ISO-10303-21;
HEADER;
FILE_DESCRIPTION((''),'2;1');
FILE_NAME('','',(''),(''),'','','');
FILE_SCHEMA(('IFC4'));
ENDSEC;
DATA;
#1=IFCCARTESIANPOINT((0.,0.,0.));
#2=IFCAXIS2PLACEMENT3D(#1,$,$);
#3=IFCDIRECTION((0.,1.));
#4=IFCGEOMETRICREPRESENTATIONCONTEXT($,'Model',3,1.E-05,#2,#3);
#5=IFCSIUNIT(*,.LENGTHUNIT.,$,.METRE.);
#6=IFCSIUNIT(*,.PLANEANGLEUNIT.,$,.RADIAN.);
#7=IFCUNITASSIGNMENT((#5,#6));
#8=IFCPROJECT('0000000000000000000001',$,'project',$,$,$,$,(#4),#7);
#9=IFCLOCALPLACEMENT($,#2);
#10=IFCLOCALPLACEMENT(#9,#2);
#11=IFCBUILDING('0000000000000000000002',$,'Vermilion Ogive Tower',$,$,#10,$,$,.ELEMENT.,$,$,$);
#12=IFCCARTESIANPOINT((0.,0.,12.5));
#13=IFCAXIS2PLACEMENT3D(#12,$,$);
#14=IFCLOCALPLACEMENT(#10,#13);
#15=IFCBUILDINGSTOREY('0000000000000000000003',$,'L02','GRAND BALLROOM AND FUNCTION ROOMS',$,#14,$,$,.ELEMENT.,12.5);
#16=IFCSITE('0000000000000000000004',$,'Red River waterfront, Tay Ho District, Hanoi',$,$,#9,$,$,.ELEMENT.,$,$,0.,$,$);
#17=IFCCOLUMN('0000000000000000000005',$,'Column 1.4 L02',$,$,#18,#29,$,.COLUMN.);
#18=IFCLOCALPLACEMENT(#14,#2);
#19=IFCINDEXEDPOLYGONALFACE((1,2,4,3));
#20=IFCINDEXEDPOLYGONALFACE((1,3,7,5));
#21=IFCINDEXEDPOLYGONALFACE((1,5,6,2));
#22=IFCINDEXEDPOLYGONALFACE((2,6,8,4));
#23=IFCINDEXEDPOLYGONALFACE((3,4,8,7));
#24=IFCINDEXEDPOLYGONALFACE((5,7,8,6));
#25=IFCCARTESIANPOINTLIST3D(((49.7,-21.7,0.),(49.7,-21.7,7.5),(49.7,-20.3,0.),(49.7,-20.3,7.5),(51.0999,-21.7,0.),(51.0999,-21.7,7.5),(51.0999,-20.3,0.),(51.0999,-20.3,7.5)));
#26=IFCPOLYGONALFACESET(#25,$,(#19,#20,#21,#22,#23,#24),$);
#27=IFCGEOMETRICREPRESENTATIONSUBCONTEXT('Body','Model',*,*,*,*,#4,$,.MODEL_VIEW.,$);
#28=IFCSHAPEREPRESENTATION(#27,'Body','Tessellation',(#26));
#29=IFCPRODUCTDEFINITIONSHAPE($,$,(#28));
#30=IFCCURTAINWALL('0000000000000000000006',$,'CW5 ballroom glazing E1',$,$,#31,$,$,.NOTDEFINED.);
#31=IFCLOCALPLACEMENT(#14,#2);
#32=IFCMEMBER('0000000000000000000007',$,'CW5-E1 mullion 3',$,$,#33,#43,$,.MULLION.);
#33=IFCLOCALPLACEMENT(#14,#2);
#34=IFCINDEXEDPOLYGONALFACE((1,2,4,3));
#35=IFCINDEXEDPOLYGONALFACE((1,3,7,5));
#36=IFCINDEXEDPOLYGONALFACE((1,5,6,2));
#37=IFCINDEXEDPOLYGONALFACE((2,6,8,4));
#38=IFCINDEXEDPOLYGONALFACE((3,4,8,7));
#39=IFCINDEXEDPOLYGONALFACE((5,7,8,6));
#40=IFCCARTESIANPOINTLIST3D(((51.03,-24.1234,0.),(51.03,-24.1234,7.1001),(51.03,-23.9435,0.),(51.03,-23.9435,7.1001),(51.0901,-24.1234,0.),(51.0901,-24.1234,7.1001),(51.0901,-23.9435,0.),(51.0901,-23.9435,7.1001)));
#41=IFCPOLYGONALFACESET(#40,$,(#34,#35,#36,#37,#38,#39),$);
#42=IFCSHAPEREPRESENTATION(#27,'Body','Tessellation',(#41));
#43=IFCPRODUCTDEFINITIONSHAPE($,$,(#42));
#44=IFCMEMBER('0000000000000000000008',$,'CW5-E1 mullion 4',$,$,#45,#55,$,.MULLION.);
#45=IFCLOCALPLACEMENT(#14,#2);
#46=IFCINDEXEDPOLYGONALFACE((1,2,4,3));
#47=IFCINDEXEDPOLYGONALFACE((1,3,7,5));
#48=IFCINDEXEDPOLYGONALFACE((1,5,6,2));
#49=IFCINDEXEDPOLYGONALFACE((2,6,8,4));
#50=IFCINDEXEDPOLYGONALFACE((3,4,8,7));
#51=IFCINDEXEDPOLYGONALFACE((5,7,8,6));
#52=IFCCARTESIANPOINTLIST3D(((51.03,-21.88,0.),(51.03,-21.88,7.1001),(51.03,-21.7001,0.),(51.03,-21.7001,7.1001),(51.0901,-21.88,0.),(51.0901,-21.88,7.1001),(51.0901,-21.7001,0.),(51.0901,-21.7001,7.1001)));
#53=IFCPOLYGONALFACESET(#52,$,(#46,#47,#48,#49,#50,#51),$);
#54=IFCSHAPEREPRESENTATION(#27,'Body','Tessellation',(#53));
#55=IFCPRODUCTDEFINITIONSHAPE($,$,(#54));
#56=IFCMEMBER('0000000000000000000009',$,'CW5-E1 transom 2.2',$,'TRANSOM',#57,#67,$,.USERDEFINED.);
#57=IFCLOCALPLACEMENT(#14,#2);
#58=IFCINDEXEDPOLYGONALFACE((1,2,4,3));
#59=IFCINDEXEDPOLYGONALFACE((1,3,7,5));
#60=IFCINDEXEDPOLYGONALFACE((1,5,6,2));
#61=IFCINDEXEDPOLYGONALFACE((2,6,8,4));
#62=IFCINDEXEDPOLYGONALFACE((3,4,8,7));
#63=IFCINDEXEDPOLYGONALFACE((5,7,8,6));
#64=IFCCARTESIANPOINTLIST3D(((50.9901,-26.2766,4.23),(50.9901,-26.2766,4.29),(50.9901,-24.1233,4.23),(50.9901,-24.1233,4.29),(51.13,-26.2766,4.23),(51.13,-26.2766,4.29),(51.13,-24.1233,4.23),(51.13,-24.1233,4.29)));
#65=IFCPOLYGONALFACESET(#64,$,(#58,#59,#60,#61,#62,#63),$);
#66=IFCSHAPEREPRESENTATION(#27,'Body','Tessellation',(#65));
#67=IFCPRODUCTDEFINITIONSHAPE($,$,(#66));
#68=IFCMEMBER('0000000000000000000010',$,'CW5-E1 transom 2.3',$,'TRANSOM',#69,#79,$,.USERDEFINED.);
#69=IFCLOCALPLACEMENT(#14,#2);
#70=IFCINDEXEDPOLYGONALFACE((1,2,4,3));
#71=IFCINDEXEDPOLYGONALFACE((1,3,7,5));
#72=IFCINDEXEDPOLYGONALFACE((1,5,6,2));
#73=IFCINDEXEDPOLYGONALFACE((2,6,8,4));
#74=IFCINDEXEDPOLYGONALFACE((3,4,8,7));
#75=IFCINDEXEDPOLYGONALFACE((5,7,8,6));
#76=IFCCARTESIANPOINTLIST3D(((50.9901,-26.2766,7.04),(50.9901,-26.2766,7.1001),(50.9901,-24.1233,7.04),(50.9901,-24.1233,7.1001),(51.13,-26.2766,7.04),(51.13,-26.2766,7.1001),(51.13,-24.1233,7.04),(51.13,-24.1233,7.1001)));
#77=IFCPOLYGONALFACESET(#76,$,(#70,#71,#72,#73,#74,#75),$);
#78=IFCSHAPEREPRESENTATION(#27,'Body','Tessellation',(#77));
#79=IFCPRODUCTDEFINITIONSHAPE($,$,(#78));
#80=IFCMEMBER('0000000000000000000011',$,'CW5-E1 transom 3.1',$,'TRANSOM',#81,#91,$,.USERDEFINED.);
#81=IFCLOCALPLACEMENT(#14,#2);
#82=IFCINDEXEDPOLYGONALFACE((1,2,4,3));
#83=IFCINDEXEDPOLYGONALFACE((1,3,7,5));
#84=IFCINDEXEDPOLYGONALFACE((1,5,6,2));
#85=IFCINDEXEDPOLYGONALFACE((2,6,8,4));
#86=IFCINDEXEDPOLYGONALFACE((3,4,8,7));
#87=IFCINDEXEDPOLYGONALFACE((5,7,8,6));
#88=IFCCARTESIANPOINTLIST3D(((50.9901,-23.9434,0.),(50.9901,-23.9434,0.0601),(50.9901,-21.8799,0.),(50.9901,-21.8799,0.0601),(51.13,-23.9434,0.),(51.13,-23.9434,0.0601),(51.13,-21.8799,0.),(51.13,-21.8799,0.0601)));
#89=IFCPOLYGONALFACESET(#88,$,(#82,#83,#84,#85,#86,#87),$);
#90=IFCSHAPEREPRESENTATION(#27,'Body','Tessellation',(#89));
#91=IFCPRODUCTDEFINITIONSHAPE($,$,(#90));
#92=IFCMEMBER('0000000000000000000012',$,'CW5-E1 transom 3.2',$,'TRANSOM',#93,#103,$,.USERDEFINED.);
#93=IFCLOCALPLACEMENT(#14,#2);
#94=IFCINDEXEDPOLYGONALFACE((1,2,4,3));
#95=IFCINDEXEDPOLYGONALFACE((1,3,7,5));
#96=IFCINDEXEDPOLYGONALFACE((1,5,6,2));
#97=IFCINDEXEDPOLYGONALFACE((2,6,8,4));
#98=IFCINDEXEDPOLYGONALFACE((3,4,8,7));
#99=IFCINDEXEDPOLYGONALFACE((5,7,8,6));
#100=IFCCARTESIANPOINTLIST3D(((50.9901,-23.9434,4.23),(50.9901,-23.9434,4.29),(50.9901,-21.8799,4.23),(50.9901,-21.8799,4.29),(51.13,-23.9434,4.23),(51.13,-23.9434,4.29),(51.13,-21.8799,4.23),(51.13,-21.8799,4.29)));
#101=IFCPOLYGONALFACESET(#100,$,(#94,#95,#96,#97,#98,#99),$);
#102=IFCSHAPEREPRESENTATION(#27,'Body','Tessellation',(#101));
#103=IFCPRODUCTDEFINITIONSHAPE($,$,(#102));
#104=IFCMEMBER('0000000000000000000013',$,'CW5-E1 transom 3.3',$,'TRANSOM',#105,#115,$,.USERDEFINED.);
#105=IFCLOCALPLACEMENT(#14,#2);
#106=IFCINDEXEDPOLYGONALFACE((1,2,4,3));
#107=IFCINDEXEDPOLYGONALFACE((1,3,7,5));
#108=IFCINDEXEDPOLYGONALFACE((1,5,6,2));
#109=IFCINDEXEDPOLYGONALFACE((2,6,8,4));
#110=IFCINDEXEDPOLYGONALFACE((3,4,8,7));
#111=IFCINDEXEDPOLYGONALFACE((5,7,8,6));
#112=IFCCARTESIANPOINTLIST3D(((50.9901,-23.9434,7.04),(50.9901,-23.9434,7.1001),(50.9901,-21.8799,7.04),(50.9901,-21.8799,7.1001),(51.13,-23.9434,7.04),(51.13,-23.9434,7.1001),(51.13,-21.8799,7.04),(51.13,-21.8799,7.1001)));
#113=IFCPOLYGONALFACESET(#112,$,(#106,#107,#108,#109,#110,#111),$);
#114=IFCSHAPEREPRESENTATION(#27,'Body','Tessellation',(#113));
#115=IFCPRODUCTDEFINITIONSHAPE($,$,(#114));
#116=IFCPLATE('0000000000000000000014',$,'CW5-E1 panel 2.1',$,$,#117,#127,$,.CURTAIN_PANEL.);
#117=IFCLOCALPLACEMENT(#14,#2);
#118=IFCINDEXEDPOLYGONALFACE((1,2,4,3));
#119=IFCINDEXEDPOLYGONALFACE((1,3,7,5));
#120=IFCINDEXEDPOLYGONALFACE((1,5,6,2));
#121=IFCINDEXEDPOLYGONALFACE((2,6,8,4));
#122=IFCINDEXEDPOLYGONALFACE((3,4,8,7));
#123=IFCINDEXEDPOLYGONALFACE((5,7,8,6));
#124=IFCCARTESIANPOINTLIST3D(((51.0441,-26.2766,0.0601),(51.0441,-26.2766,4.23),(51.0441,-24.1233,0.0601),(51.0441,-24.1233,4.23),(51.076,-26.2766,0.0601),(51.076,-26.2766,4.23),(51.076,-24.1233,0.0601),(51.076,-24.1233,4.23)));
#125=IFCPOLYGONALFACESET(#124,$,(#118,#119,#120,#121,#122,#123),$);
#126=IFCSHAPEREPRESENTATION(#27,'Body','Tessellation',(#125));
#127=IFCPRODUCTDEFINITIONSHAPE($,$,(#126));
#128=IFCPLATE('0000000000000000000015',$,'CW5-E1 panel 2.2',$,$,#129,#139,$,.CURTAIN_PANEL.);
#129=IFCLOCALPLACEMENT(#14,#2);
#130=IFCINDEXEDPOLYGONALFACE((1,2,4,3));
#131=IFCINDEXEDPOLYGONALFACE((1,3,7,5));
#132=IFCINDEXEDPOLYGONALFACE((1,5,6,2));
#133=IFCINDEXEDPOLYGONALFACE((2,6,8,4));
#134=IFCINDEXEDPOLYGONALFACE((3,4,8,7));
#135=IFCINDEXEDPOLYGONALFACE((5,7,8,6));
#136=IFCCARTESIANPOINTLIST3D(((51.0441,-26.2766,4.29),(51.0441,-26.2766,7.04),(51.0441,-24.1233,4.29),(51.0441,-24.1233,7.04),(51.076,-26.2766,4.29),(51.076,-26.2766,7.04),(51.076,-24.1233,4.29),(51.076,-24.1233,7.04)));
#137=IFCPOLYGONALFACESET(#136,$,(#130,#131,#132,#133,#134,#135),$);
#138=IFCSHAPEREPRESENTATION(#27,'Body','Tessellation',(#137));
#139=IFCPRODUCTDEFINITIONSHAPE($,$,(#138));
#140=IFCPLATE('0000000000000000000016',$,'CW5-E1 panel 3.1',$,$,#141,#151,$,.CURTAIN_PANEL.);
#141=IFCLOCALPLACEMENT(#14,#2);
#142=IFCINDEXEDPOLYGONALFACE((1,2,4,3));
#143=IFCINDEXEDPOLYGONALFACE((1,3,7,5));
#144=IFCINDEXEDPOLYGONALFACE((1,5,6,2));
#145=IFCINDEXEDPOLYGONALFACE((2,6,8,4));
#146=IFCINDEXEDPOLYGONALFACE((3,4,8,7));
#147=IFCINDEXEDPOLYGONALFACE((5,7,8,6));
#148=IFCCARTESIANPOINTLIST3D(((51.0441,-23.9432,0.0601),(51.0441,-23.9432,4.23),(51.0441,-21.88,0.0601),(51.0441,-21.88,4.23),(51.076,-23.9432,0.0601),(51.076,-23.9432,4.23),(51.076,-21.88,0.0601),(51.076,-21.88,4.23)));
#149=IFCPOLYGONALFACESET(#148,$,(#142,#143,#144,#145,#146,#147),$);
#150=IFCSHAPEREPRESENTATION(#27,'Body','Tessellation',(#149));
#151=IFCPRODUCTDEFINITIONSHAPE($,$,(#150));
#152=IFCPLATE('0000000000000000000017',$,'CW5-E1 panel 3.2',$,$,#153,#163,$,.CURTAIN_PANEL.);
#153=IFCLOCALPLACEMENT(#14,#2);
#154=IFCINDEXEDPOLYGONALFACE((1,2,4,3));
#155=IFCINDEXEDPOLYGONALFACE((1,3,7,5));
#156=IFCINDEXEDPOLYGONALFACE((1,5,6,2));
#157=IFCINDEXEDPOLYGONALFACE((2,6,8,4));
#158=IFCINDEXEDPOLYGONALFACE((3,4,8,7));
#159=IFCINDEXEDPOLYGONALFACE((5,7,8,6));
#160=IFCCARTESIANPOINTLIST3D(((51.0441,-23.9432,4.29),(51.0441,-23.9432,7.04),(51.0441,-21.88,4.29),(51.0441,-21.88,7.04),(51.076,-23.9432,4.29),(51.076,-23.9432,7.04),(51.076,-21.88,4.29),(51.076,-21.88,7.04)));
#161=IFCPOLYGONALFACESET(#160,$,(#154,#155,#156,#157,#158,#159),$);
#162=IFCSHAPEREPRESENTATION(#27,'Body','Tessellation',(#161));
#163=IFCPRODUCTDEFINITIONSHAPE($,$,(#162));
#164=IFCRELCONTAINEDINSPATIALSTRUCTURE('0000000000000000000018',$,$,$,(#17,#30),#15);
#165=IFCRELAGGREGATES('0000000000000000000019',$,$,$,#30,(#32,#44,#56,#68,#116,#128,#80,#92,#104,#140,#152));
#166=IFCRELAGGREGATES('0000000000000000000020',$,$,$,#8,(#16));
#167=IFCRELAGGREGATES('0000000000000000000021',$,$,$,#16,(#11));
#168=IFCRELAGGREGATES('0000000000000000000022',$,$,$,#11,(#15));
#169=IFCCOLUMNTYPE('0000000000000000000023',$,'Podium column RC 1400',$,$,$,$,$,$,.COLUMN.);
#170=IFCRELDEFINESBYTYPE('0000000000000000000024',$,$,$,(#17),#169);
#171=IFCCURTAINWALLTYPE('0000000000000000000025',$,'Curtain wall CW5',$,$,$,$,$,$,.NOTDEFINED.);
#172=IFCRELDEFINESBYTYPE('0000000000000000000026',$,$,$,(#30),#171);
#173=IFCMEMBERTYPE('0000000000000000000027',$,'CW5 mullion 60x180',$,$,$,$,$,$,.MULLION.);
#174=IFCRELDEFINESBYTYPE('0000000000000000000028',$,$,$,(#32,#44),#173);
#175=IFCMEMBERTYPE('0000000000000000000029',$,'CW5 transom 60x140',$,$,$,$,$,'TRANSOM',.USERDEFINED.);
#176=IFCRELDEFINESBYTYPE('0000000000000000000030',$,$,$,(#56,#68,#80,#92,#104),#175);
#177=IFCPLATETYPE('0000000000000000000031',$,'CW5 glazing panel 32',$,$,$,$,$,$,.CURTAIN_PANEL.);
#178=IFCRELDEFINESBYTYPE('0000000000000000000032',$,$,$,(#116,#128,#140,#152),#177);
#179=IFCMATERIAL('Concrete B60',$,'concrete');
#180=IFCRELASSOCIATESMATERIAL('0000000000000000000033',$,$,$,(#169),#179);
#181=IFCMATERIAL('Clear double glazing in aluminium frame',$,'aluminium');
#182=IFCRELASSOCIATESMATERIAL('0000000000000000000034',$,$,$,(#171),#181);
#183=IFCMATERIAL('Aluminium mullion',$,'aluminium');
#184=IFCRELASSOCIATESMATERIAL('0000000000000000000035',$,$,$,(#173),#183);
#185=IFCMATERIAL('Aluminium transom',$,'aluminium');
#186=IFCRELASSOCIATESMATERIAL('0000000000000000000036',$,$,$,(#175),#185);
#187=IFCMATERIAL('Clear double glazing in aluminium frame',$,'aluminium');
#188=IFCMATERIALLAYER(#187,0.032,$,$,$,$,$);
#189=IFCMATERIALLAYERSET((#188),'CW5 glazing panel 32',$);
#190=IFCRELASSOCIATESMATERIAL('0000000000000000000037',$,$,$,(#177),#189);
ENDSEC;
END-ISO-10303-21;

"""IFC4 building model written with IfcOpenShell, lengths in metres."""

from ifc_helpers import new_model, si_unit, direction, frame, origin, origin_2d, place, context, subcontext, project, spatial, rectangle, extrude, material, layer, layer_set, material_profile, profile_set, type_object, element, aggregate, save


model = new_model("IFC4")

# Units and contexts
model_context = context("Model", 3, precision=1e-05, world=origin(), true_north=direction((0.0, 1.0)))
body_context = subcontext(model_context, "Body", "Model", "MODEL_VIEW")
ifc_project = project(units=[si_unit("LENGTHUNIT", "METRE"), si_unit("PLANEANGLEUNIT", "RADIAN")], contexts=[model_context])

# Site, building, storey
site_placement = place(None, origin())
site = spatial("IfcSite", under=ifc_project, at=site_placement, Name="Red River waterfront, Tay Ho District, Hanoi", CompositionType="ELEMENT", RefElevation=0.0)
building_placement = place(site_placement, origin())
building = spatial("IfcBuilding", under=site, at=building_placement, Name="Vermilion Ogive Tower", CompositionType="ELEMENT")
storey_placement = place(building_placement, frame((0.0, 0.0, 12.5)))
storey = spatial("IfcBuildingStorey", under=building, at=storey_placement, Name="L02", Description="GRAND BALLROOM AND FUNCTION ROOMS", CompositionType="ELEMENT", Elevation=12.5)

# Column
ifc_material_1 = material(Name="Concrete B60", Category="concrete")
ifc_material_profile_1 = material_profile(ifc_material_1, rectangle(XDim=1.3999, YDim=1.3999, at=origin_2d()), Name="RC 1400x1400")
ifc_profile_set_1 = profile_set([ifc_material_profile_1], Name="Concrete B60")
column_type = type_object("IfcColumnType", Name="Podium column RC 1400", PredefinedType="COLUMN", material=ifc_profile_set_1)
column_placement = place(storey_placement, frame((50.3999, -21.0, 0.0), z_axis=(0.0, 0.0, 1.0), x_axis=(1.0, 0.0, 0.0)))
element("IfcColumn", 1, at=column_placement, inside=storey, type_object=column_type, Name="Column 1.4 L02", PredefinedType="COLUMN", context=body_context, shape_type="SweptSolid", body=[
    extrude(rectangle(XDim=1.3999, YDim=1.3999, at=origin_2d()), origin(), (0.0, 0.0, 1.0), 7.5),
])

# Curtain wall, members, plates
ifc_material_2 = material(Name="Clear double glazing in aluminium frame", Category="aluminium")
curtain_wall_type = type_object("IfcCurtainWallType", Name="Curtain wall CW5", PredefinedType="NOTDEFINED", material=ifc_material_2)
curtain_wall_placement = place(storey_placement, origin())
curtain_wall = element("IfcCurtainWall", 2, at=curtain_wall_placement, inside=storey, type_object=curtain_wall_type, Name="CW5 ballroom glazing E1", PredefinedType="NOTDEFINED")
ifc_material_3 = material(Name="Aluminium mullion", Category="aluminium")
ifc_material_profile_2 = material_profile(ifc_material_3, rectangle(XDim=0.0601, YDim=0.1799, at=origin_2d()), Name="AL 60x180")
ifc_profile_set_2 = profile_set([ifc_material_profile_2], Name="Aluminium mullion")
member_type_1 = type_object("IfcMemberType", Name="CW5 mullion 60x180", PredefinedType="MULLION", material=ifc_profile_set_2)
member_1_placement = place(storey_placement, frame((51.0601, -24.0334, 0.0), z_axis=(0.0, 0.0, 1.0), x_axis=(-1.0, 0.0, 0.0)))
member_1 = element("IfcMember", 3, at=member_1_placement, type_object=member_type_1, Name="CW5-E1 mullion 3", PredefinedType="MULLION", context=body_context, shape_type="SweptSolid", body=[
    extrude(rectangle(XDim=0.0601, YDim=0.1799, at=origin_2d()), origin(), (0.0, 0.0, 1.0), 7.1001),
])
member_2_placement = place(storey_placement, frame((51.0601, -21.79, 0.0), z_axis=(0.0, 0.0, 1.0), x_axis=(-1.0, 0.0, 0.0)))
member_2 = element("IfcMember", 4, at=member_2_placement, type_object=member_type_1, Name="CW5-E1 mullion 4", PredefinedType="MULLION", context=body_context, shape_type="SweptSolid", body=[
    extrude(rectangle(XDim=0.0601, YDim=0.1799, at=origin_2d()), origin(), (0.0, 0.0, 1.0), 7.1001),
])
ifc_material_4 = material(Name="Aluminium transom", Category="aluminium")
ifc_material_profile_3 = material_profile(ifc_material_4, rectangle(XDim=0.1399, YDim=0.0601, at=origin_2d()), Name="AL 60x140")
ifc_profile_set_3 = profile_set([ifc_material_profile_3], Name="Aluminium transom")
member_type_2 = type_object("IfcMemberType", Name="CW5 transom 60x140", ElementType="TRANSOM", PredefinedType="USERDEFINED", material=ifc_profile_set_3)
member_3_placement = place(storey_placement, frame((51.0601, -26.2766, 4.26), z_axis=(0.0, 1.0, 0.0), x_axis=(-1.0, 0.0, 0.0)))
member_3 = element("IfcMember", 5, at=member_3_placement, type_object=member_type_2, Name="CW5-E1 transom 2.2", ObjectType="TRANSOM", PredefinedType="USERDEFINED", context=body_context, shape_type="SweptSolid", body=[
    extrude(rectangle(XDim=0.1399, YDim=0.0601, at=origin_2d()), origin(), (0.0, 0.0, 1.0), 2.1533),
])
member_4_placement = place(storey_placement, frame((51.0601, -26.2766, 7.0701), z_axis=(0.0, 1.0, 0.0), x_axis=(-1.0, 0.0, 0.0)))
member_4 = element("IfcMember", 6, at=member_4_placement, type_object=member_type_2, Name="CW5-E1 transom 2.3", ObjectType="TRANSOM", PredefinedType="USERDEFINED", context=body_context, shape_type="SweptSolid", body=[
    extrude(rectangle(XDim=0.1399, YDim=0.0601, at=origin_2d()), origin(), (0.0, 0.0, 1.0), 2.1533),
])
member_5_placement = place(storey_placement, frame((51.0601, -23.9434, 0.03), z_axis=(0.0, 1.0, 0.0), x_axis=(-1.0, 0.0, 0.0)))
member_5 = element("IfcMember", 7, at=member_5_placement, type_object=member_type_2, Name="CW5-E1 transom 3.1", ObjectType="TRANSOM", PredefinedType="USERDEFINED", context=body_context, shape_type="SweptSolid", body=[
    extrude(rectangle(XDim=0.1399, YDim=0.0601, at=origin_2d()), origin(), (0.0, 0.0, 1.0), 2.0635),
])
member_6_placement = place(storey_placement, frame((51.0601, -23.9434, 4.26), z_axis=(0.0, 1.0, 0.0), x_axis=(-1.0, 0.0, 0.0)))
member_6 = element("IfcMember", 8, at=member_6_placement, type_object=member_type_2, Name="CW5-E1 transom 3.2", ObjectType="TRANSOM", PredefinedType="USERDEFINED", context=body_context, shape_type="SweptSolid", body=[
    extrude(rectangle(XDim=0.1399, YDim=0.0601, at=origin_2d()), origin(), (0.0, 0.0, 1.0), 2.0635),
])
member_7_placement = place(storey_placement, frame((51.0601, -23.9434, 7.0701), z_axis=(0.0, 1.0, 0.0), x_axis=(-1.0, 0.0, 0.0)))
member_7 = element("IfcMember", 9, at=member_7_placement, type_object=member_type_2, Name="CW5-E1 transom 3.3", ObjectType="TRANSOM", PredefinedType="USERDEFINED", context=body_context, shape_type="SweptSolid", body=[
    extrude(rectangle(XDim=0.1399, YDim=0.0601, at=origin_2d()), origin(), (0.0, 0.0, 1.0), 2.0635),
])
ifc_material_5 = material(Name="Clear double glazing in aluminium frame", Category="aluminium")
ifc_layer_1 = layer(ifc_material_5, 0.032)
ifc_layer_set_1 = layer_set([ifc_layer_1], Name="CW5 glazing panel 32")
plate_type = type_object("IfcPlateType", Name="CW5 glazing panel 32", PredefinedType="CURTAIN_PANEL", material=ifc_layer_set_1)
plate_1_placement = place(storey_placement, frame((51.0601, -25.2, 0.0601), z_axis=(0.0, 0.0, 1.0), x_axis=(0.0, 1.0, 0.0)))
plate_1 = element("IfcPlate", 10, at=plate_1_placement, type_object=plate_type, Name="CW5-E1 panel 2.1", PredefinedType="CURTAIN_PANEL", context=body_context, shape_type="SweptSolid", body=[
    extrude(rectangle(XDim=2.1533, YDim=0.032, at=origin_2d()), origin(), (0.0, 0.0, 1.0), 4.1699),
])
plate_2_placement = place(storey_placement, frame((51.0601, -25.2, 4.29), z_axis=(0.0, 0.0, 1.0), x_axis=(0.0, 1.0, 0.0)))
plate_2 = element("IfcPlate", 11, at=plate_2_placement, type_object=plate_type, Name="CW5-E1 panel 2.2", PredefinedType="CURTAIN_PANEL", context=body_context, shape_type="SweptSolid", body=[
    extrude(rectangle(XDim=2.1533, YDim=0.032, at=origin_2d()), origin(), (0.0, 0.0, 1.0), 2.75),
])
plate_3_placement = place(storey_placement, frame((51.0601, -22.9116, 0.0601), z_axis=(0.0, 0.0, 1.0), x_axis=(0.0, 1.0, 0.0)))
plate_3 = element("IfcPlate", 12, at=plate_3_placement, type_object=plate_type, Name="CW5-E1 panel 3.1", PredefinedType="CURTAIN_PANEL", context=body_context, shape_type="SweptSolid", body=[
    extrude(rectangle(XDim=2.0632, YDim=0.032, at=origin_2d()), origin(), (0.0, 0.0, 1.0), 4.1699),
])
plate_4_placement = place(storey_placement, frame((51.0601, -22.9116, 4.29), z_axis=(0.0, 0.0, 1.0), x_axis=(0.0, 1.0, 0.0)))
plate_4 = element("IfcPlate", 13, at=plate_4_placement, type_object=plate_type, Name="CW5-E1 panel 3.2", PredefinedType="CURTAIN_PANEL", context=body_context, shape_type="SweptSolid", body=[
    extrude(rectangle(XDim=2.0632, YDim=0.032, at=origin_2d()), origin(), (0.0, 0.0, 1.0), 2.75),
])
aggregate(curtain_wall, [member_1, member_2, member_3, member_4, plate_1, plate_2, member_5, member_6, member_7, plate_3, plate_4])

save(model, "model.ifc")
